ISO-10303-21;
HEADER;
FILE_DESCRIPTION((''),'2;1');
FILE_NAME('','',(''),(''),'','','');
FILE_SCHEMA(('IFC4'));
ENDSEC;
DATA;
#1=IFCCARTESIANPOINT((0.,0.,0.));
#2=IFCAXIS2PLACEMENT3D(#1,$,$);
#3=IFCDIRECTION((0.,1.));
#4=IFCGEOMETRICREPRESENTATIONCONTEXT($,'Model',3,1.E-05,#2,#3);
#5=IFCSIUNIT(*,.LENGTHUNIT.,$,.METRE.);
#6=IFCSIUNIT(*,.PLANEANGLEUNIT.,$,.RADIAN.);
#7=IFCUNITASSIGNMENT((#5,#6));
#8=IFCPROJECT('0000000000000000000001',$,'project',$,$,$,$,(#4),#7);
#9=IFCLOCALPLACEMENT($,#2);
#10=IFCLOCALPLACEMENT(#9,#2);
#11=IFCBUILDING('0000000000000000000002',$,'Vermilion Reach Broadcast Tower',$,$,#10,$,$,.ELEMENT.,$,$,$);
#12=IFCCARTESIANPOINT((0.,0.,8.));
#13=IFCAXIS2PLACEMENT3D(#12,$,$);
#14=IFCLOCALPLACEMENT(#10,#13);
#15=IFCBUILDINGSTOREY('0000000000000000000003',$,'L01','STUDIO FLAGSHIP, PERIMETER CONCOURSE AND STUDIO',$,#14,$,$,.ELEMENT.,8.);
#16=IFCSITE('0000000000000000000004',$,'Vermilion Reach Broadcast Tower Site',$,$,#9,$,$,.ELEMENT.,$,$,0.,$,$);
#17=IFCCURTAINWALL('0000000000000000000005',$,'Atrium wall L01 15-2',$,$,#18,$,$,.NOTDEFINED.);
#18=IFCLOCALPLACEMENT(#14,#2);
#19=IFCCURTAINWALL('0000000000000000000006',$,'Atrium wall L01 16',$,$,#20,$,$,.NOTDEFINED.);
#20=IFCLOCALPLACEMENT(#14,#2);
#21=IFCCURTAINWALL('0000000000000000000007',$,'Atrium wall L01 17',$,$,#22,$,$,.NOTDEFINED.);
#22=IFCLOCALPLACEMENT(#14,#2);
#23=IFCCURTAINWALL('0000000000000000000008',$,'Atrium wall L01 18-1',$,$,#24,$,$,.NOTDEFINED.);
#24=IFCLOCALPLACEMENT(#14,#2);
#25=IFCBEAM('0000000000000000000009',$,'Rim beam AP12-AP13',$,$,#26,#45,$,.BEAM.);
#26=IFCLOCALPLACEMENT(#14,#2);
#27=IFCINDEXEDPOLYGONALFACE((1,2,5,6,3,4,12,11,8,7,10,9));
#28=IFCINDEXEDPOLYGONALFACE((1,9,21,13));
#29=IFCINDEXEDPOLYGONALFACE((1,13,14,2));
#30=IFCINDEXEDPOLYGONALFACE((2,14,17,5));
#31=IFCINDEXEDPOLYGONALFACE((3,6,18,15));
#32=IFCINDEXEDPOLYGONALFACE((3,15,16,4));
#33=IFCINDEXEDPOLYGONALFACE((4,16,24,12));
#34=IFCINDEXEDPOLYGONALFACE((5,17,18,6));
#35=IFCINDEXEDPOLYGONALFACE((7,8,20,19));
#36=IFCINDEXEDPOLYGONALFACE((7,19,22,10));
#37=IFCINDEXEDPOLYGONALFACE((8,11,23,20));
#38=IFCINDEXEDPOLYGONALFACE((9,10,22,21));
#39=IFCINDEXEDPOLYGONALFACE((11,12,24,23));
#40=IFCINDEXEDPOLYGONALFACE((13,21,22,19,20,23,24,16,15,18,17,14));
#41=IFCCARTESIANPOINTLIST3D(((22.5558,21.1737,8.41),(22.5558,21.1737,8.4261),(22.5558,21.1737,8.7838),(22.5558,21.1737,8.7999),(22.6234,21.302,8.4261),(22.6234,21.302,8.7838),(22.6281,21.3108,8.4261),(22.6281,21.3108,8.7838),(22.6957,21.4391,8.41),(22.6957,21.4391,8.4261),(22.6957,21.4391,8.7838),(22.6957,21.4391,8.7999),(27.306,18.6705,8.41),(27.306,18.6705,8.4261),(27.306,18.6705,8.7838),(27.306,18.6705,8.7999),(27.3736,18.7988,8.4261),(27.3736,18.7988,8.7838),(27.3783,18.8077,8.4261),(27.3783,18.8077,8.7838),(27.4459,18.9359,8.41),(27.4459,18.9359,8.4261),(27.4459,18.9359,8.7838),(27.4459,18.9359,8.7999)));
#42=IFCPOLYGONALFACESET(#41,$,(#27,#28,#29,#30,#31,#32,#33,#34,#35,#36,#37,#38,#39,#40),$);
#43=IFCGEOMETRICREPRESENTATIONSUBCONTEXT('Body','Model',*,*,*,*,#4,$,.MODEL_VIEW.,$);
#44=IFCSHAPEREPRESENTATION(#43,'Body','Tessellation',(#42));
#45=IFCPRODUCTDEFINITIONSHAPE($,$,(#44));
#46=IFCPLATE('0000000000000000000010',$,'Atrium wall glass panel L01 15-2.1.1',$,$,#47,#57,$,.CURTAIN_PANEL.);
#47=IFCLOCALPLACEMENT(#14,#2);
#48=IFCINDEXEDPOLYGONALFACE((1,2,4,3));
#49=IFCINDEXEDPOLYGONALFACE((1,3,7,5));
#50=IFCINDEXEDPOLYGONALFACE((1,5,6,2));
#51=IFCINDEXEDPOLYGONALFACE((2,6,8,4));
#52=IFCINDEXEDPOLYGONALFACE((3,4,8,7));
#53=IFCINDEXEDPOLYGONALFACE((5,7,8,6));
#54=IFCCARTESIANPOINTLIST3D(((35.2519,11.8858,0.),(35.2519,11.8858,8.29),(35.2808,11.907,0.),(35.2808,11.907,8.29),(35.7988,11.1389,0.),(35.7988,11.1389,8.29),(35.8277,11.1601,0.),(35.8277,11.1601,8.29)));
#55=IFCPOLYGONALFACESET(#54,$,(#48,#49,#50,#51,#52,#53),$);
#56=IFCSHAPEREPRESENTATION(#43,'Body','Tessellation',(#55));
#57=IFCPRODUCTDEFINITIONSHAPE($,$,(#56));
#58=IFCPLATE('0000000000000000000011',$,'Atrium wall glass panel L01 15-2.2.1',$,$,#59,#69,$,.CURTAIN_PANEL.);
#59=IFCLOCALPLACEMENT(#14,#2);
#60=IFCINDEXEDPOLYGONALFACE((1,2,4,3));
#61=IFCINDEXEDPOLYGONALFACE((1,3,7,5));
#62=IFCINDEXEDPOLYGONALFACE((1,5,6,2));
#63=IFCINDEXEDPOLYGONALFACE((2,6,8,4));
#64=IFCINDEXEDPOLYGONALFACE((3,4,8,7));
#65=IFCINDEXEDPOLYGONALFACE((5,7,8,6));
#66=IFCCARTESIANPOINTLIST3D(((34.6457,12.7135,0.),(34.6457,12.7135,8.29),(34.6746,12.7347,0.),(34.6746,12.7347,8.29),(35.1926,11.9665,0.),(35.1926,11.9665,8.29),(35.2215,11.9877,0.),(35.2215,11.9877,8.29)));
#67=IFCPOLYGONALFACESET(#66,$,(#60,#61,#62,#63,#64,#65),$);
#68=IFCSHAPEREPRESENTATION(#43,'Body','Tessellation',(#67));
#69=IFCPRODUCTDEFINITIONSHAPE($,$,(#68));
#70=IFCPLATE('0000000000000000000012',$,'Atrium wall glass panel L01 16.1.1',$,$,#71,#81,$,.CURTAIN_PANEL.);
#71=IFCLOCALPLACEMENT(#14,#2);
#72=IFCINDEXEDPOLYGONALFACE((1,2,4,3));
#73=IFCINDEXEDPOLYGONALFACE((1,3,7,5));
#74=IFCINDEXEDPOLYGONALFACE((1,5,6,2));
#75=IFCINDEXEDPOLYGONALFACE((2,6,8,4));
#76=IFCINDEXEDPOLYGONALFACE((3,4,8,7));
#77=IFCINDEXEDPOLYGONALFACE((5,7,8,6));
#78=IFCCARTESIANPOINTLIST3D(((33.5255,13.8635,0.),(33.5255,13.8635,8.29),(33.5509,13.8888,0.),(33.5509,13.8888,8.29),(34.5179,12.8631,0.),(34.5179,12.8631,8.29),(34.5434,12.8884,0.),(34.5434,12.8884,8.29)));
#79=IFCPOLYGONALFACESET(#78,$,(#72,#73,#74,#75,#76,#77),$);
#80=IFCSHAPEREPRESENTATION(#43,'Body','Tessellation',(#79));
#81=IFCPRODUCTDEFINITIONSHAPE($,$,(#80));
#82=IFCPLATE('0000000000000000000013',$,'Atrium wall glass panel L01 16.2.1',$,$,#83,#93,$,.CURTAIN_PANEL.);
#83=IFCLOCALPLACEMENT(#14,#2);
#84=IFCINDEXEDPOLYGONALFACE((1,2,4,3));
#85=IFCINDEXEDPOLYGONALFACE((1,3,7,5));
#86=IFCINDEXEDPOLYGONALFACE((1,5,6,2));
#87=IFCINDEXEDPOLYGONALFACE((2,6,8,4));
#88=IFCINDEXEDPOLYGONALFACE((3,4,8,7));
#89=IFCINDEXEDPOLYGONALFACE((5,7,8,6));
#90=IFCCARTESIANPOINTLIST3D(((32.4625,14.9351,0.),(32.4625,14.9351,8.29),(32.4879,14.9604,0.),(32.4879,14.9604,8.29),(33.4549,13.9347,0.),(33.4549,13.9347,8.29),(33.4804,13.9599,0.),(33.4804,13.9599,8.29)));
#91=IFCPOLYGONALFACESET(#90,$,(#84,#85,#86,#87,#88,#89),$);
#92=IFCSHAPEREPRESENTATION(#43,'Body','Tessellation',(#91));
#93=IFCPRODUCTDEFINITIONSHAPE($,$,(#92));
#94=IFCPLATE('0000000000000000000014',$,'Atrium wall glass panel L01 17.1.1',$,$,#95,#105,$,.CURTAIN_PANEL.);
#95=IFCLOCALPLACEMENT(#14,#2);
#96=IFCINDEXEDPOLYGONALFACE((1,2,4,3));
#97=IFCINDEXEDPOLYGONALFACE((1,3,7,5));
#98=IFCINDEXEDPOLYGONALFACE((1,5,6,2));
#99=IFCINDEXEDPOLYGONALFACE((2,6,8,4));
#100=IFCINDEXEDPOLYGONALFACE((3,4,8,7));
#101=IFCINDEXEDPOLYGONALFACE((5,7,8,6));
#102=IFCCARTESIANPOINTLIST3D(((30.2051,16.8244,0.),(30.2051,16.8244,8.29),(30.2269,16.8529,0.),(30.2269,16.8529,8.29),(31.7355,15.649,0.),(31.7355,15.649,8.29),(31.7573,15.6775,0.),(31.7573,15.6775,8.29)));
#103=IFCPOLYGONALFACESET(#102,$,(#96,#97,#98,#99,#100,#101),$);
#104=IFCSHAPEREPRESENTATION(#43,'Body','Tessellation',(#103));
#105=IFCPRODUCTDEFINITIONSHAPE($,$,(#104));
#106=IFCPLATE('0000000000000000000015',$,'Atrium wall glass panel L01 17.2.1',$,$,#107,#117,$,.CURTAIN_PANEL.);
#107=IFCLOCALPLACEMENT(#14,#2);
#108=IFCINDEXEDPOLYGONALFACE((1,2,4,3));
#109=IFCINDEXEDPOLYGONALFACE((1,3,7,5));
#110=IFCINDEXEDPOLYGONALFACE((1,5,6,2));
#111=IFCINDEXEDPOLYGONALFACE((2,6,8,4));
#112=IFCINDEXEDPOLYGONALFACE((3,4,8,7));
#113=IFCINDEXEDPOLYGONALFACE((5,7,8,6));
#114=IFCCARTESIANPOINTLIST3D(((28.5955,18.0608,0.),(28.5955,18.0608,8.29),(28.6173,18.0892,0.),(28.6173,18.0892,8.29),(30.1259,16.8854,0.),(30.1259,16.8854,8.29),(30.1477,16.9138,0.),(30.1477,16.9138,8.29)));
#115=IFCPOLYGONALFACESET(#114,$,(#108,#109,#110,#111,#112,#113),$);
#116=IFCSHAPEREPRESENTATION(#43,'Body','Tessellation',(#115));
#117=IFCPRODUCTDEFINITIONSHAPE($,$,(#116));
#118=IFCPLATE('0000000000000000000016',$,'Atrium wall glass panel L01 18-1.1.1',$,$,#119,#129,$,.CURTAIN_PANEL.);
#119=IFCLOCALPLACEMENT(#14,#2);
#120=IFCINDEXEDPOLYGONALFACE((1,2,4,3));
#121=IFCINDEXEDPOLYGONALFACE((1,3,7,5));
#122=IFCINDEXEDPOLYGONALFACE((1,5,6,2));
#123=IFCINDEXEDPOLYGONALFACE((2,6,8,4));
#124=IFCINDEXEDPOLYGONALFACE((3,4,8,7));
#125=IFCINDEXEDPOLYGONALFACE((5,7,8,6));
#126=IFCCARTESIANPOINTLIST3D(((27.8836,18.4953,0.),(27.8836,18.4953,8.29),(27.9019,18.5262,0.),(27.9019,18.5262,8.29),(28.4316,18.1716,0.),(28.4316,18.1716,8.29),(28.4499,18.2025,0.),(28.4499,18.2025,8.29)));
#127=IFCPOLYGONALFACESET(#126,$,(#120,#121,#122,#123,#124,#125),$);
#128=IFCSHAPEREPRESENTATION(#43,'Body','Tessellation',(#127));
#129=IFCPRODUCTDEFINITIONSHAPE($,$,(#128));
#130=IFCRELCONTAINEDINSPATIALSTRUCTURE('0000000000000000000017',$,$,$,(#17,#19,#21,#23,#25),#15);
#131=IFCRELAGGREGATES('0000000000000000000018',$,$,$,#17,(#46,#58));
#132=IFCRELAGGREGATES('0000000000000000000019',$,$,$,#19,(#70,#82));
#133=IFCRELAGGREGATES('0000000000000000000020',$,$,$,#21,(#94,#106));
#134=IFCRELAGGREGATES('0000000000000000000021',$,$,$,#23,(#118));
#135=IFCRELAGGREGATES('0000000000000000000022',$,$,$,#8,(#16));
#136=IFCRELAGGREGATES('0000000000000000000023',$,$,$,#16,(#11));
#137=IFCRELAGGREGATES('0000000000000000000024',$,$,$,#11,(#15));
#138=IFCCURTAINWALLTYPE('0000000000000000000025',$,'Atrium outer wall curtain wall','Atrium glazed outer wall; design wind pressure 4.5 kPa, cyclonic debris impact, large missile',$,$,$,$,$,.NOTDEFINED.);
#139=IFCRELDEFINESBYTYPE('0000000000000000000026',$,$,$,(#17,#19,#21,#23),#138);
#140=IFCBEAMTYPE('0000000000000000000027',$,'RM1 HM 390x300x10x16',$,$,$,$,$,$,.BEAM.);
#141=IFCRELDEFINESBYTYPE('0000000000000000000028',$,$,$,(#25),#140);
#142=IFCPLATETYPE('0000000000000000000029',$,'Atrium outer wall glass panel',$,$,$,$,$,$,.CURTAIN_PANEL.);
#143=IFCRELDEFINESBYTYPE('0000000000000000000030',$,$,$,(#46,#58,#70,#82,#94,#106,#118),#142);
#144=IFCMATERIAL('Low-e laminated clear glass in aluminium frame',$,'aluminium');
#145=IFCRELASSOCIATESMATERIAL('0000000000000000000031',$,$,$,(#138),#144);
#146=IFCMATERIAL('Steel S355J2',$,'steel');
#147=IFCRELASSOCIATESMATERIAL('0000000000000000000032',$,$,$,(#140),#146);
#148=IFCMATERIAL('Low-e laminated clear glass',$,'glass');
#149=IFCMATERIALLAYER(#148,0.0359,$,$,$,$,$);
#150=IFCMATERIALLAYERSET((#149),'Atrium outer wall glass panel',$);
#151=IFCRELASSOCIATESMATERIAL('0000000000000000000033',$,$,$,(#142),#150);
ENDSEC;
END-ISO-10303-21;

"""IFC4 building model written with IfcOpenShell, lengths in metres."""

from ifc_helpers import new_model, si_unit, direction, frame, origin, origin_2d, place, context, subcontext, project, spatial, rectangle, i_section, extrude, material, layer, layer_set, material_profile, profile_set, type_object, element, aggregate, save


model = new_model("IFC4")

# Units and contexts
model_context = context("Model", 3, precision=1e-05, world=origin(), true_north=direction((0.0, 1.0)))
body_context = subcontext(model_context, "Body", "Model", "MODEL_VIEW")
ifc_project = project(units=[si_unit("LENGTHUNIT", "METRE"), si_unit("PLANEANGLEUNIT", "RADIAN")], contexts=[model_context])

# Site, building, storey
site_placement = place(None, origin())
site = spatial("IfcSite", under=ifc_project, at=site_placement, Name="Vermilion Reach Broadcast Tower Site", CompositionType="ELEMENT", RefElevation=0.0)
building_placement = place(site_placement, origin())
building = spatial("IfcBuilding", under=site, at=building_placement, Name="Vermilion Reach Broadcast Tower", CompositionType="ELEMENT")
storey_placement = place(building_placement, frame((0.0, 0.0, 8.0)))
storey = spatial("IfcBuildingStorey", under=building, at=storey_placement, Name="L01", Description="STUDIO FLAGSHIP, PERIMETER CONCOURSE AND STUDIO", CompositionType="ELEMENT", Elevation=8.0)

# Shared definitions
ifc_material_1 = material(Name="Low-e laminated clear glass in aluminium frame", Category="aluminium")
curtain_wall_type = type_object("IfcCurtainWallType", Name="Atrium outer wall curtain wall", Description="Atrium glazed outer wall; design wind pressure 4.5 kPa, cyclonic debris impact, large missile", PredefinedType="NOTDEFINED", material=ifc_material_1)
placement = place(storey_placement, origin())

# Curtain walls
curtain_wall_1 = element("IfcCurtainWall", 1, at=placement, inside=storey, type_object=curtain_wall_type, Name="Atrium wall L01 15-2", PredefinedType="NOTDEFINED")
curtain_wall_2 = element("IfcCurtainWall", 2, at=placement, inside=storey, type_object=curtain_wall_type, Name="Atrium wall L01 16", PredefinedType="NOTDEFINED")
curtain_wall_3 = element("IfcCurtainWall", 3, at=placement, inside=storey, type_object=curtain_wall_type, Name="Atrium wall L01 17", PredefinedType="NOTDEFINED")
curtain_wall_4 = element("IfcCurtainWall", 4, at=placement, inside=storey, type_object=curtain_wall_type, Name="Atrium wall L01 18-1", PredefinedType="NOTDEFINED")

# Beam
ifc_material_2 = material(Name="Steel S355J2", Category="steel")
ifc_material_profile_1 = material_profile(ifc_material_2, i_section(OverallWidth=0.3, OverallDepth=0.3899, WebThickness=0.01, FlangeThickness=0.0161, at=origin_2d()), Name="S355J2 HM 390x300x10x16")
ifc_profile_set_1 = profile_set([ifc_material_profile_1], Name="Steel S355J2")
beam_type = type_object("IfcBeamType", Name="RM1 HM 390x300x10x16", PredefinedType="BEAM", material=ifc_profile_set_1)
beam_1_placement = place(storey_placement, frame((27.376, 18.8032, 8.605), z_axis=(-0.884684, 0.466191, 0.0), x_axis=(-0.466191, -0.884684, 0.0)))
element("IfcBeam", 5, at=beam_1_placement, inside=storey, type_object=beam_type, Name="Rim beam AP12-AP13", PredefinedType="BEAM", context=body_context, shape_type="SweptSolid", body=[
    extrude(i_section(OverallWidth=0.3, OverallDepth=0.3899, WebThickness=0.01, FlangeThickness=0.0161, at=origin_2d()), origin(), (0.0, 0.0, 1.0), 5.3694),
])

# Plates
ifc_material_3 = material(Name="Low-e laminated clear glass", Category="glass")
ifc_layer = layer(ifc_material_3, 0.0359)
ifc_layer_set = layer_set([ifc_layer], Name="Atrium outer wall glass panel")
plate_type = type_object("IfcPlateType", Name="Atrium outer wall glass panel", PredefinedType="CURTAIN_PANEL", material=ifc_layer_set)
plate_1_placement = place(storey_placement, frame((35.5398, 11.5229, 0.0), z_axis=(0.0, 0.0, 1.0), x_axis=(-0.59076, 0.806847, 0.0)))
plate_1 = element("IfcPlate", 6, at=plate_1_placement, type_object=plate_type, Name="Atrium wall glass panel L01 15-2.1.1", PredefinedType="CURTAIN_PANEL", context=body_context, shape_type="SweptSolid", body=[
    extrude(rectangle(XDim=0.9258, YDim=0.0359, at=origin_2d()), origin(), (0.0, 0.0, 1.0), 8.29),
])
plate_2_placement = place(storey_placement, frame((34.9336, 12.3506, 0.0), z_axis=(0.0, 0.0, 1.0), x_axis=(-0.59076, 0.806847, 0.0)))
plate_2 = element("IfcPlate", 7, at=plate_2_placement, type_object=plate_type, Name="Atrium wall glass panel L01 15-2.2.1", PredefinedType="CURTAIN_PANEL", context=body_context, shape_type="SweptSolid", body=[
    extrude(rectangle(XDim=0.9258, YDim=0.0359, at=origin_2d()), origin(), (0.0, 0.0, 1.0), 8.29),
])
aggregate(curtain_wall_1, [plate_1, plate_2])
plate_3_placement = place(storey_placement, frame((34.0344, 13.376, 0.0), z_axis=(0.0, 0.0, 1.0), x_axis=(-0.704276, 0.709926, 0.0)))
plate_3 = element("IfcPlate", 8, at=plate_3_placement, type_object=plate_type, Name="Atrium wall glass panel L01 16.1.1", PredefinedType="CURTAIN_PANEL", context=body_context, shape_type="SweptSolid", body=[
    extrude(rectangle(XDim=1.4092, YDim=0.0359, at=origin_2d()), origin(), (0.0, 0.0, 1.0), 8.29),
])
plate_4_placement = place(storey_placement, frame((32.9714, 14.4475, 0.0), z_axis=(0.0, 0.0, 1.0), x_axis=(-0.704276, 0.709926, 0.0)))
plate_4 = element("IfcPlate", 9, at=plate_4_placement, type_object=plate_type, Name="Atrium wall glass panel L01 16.2.1", PredefinedType="CURTAIN_PANEL", context=body_context, shape_type="SweptSolid", body=[
    extrude(rectangle(XDim=1.4092, YDim=0.0359, at=origin_2d()), origin(), (0.0, 0.0, 1.0), 8.29),
])
aggregate(curtain_wall_2, [plate_3, plate_4])
plate_5_placement = place(storey_placement, frame((30.9812, 16.251, 0.0), z_axis=(0.0, 0.0, 1.0), x_axis=(-0.793083, 0.609114, 0.0)))
plate_5 = element("IfcPlate", 10, at=plate_5_placement, type_object=plate_type, Name="Atrium wall glass panel L01 17.1.1", PredefinedType="CURTAIN_PANEL", context=body_context, shape_type="SweptSolid", body=[
    extrude(rectangle(XDim=1.9297, YDim=0.0359, at=origin_2d()), origin(), (0.0, 0.0, 1.0), 8.29),
])
plate_6_placement = place(storey_placement, frame((29.3716, 17.4873, 0.0), z_axis=(0.0, 0.0, 1.0), x_axis=(-0.793083, 0.609114, 0.0)))
plate_6 = element("IfcPlate", 11, at=plate_6_placement, type_object=plate_type, Name="Atrium wall glass panel L01 17.2.1", PredefinedType="CURTAIN_PANEL", context=body_context, shape_type="SweptSolid", body=[
    extrude(rectangle(XDim=1.9297, YDim=0.0359, at=origin_2d()), origin(), (0.0, 0.0, 1.0), 8.29),
])
aggregate(curtain_wall_3, [plate_5, plate_6])
plate_7_placement = place(storey_placement, frame((28.1667, 18.3489, 0.0), z_axis=(0.0, 0.0, 1.0), x_axis=(-0.861009, 0.50859, 0.0)))
plate_7 = element("IfcPlate", 12, at=plate_7_placement, type_object=plate_type, Name="Atrium wall glass panel L01 18-1.1.1", PredefinedType="CURTAIN_PANEL", context=body_context, shape_type="SweptSolid", body=[
    extrude(rectangle(XDim=0.6365, YDim=0.0359, at=origin_2d()), origin(), (0.0, 0.0, 1.0), 8.29),
])
aggregate(curtain_wall_4, [plate_7])

save(model, "model.ifc")
